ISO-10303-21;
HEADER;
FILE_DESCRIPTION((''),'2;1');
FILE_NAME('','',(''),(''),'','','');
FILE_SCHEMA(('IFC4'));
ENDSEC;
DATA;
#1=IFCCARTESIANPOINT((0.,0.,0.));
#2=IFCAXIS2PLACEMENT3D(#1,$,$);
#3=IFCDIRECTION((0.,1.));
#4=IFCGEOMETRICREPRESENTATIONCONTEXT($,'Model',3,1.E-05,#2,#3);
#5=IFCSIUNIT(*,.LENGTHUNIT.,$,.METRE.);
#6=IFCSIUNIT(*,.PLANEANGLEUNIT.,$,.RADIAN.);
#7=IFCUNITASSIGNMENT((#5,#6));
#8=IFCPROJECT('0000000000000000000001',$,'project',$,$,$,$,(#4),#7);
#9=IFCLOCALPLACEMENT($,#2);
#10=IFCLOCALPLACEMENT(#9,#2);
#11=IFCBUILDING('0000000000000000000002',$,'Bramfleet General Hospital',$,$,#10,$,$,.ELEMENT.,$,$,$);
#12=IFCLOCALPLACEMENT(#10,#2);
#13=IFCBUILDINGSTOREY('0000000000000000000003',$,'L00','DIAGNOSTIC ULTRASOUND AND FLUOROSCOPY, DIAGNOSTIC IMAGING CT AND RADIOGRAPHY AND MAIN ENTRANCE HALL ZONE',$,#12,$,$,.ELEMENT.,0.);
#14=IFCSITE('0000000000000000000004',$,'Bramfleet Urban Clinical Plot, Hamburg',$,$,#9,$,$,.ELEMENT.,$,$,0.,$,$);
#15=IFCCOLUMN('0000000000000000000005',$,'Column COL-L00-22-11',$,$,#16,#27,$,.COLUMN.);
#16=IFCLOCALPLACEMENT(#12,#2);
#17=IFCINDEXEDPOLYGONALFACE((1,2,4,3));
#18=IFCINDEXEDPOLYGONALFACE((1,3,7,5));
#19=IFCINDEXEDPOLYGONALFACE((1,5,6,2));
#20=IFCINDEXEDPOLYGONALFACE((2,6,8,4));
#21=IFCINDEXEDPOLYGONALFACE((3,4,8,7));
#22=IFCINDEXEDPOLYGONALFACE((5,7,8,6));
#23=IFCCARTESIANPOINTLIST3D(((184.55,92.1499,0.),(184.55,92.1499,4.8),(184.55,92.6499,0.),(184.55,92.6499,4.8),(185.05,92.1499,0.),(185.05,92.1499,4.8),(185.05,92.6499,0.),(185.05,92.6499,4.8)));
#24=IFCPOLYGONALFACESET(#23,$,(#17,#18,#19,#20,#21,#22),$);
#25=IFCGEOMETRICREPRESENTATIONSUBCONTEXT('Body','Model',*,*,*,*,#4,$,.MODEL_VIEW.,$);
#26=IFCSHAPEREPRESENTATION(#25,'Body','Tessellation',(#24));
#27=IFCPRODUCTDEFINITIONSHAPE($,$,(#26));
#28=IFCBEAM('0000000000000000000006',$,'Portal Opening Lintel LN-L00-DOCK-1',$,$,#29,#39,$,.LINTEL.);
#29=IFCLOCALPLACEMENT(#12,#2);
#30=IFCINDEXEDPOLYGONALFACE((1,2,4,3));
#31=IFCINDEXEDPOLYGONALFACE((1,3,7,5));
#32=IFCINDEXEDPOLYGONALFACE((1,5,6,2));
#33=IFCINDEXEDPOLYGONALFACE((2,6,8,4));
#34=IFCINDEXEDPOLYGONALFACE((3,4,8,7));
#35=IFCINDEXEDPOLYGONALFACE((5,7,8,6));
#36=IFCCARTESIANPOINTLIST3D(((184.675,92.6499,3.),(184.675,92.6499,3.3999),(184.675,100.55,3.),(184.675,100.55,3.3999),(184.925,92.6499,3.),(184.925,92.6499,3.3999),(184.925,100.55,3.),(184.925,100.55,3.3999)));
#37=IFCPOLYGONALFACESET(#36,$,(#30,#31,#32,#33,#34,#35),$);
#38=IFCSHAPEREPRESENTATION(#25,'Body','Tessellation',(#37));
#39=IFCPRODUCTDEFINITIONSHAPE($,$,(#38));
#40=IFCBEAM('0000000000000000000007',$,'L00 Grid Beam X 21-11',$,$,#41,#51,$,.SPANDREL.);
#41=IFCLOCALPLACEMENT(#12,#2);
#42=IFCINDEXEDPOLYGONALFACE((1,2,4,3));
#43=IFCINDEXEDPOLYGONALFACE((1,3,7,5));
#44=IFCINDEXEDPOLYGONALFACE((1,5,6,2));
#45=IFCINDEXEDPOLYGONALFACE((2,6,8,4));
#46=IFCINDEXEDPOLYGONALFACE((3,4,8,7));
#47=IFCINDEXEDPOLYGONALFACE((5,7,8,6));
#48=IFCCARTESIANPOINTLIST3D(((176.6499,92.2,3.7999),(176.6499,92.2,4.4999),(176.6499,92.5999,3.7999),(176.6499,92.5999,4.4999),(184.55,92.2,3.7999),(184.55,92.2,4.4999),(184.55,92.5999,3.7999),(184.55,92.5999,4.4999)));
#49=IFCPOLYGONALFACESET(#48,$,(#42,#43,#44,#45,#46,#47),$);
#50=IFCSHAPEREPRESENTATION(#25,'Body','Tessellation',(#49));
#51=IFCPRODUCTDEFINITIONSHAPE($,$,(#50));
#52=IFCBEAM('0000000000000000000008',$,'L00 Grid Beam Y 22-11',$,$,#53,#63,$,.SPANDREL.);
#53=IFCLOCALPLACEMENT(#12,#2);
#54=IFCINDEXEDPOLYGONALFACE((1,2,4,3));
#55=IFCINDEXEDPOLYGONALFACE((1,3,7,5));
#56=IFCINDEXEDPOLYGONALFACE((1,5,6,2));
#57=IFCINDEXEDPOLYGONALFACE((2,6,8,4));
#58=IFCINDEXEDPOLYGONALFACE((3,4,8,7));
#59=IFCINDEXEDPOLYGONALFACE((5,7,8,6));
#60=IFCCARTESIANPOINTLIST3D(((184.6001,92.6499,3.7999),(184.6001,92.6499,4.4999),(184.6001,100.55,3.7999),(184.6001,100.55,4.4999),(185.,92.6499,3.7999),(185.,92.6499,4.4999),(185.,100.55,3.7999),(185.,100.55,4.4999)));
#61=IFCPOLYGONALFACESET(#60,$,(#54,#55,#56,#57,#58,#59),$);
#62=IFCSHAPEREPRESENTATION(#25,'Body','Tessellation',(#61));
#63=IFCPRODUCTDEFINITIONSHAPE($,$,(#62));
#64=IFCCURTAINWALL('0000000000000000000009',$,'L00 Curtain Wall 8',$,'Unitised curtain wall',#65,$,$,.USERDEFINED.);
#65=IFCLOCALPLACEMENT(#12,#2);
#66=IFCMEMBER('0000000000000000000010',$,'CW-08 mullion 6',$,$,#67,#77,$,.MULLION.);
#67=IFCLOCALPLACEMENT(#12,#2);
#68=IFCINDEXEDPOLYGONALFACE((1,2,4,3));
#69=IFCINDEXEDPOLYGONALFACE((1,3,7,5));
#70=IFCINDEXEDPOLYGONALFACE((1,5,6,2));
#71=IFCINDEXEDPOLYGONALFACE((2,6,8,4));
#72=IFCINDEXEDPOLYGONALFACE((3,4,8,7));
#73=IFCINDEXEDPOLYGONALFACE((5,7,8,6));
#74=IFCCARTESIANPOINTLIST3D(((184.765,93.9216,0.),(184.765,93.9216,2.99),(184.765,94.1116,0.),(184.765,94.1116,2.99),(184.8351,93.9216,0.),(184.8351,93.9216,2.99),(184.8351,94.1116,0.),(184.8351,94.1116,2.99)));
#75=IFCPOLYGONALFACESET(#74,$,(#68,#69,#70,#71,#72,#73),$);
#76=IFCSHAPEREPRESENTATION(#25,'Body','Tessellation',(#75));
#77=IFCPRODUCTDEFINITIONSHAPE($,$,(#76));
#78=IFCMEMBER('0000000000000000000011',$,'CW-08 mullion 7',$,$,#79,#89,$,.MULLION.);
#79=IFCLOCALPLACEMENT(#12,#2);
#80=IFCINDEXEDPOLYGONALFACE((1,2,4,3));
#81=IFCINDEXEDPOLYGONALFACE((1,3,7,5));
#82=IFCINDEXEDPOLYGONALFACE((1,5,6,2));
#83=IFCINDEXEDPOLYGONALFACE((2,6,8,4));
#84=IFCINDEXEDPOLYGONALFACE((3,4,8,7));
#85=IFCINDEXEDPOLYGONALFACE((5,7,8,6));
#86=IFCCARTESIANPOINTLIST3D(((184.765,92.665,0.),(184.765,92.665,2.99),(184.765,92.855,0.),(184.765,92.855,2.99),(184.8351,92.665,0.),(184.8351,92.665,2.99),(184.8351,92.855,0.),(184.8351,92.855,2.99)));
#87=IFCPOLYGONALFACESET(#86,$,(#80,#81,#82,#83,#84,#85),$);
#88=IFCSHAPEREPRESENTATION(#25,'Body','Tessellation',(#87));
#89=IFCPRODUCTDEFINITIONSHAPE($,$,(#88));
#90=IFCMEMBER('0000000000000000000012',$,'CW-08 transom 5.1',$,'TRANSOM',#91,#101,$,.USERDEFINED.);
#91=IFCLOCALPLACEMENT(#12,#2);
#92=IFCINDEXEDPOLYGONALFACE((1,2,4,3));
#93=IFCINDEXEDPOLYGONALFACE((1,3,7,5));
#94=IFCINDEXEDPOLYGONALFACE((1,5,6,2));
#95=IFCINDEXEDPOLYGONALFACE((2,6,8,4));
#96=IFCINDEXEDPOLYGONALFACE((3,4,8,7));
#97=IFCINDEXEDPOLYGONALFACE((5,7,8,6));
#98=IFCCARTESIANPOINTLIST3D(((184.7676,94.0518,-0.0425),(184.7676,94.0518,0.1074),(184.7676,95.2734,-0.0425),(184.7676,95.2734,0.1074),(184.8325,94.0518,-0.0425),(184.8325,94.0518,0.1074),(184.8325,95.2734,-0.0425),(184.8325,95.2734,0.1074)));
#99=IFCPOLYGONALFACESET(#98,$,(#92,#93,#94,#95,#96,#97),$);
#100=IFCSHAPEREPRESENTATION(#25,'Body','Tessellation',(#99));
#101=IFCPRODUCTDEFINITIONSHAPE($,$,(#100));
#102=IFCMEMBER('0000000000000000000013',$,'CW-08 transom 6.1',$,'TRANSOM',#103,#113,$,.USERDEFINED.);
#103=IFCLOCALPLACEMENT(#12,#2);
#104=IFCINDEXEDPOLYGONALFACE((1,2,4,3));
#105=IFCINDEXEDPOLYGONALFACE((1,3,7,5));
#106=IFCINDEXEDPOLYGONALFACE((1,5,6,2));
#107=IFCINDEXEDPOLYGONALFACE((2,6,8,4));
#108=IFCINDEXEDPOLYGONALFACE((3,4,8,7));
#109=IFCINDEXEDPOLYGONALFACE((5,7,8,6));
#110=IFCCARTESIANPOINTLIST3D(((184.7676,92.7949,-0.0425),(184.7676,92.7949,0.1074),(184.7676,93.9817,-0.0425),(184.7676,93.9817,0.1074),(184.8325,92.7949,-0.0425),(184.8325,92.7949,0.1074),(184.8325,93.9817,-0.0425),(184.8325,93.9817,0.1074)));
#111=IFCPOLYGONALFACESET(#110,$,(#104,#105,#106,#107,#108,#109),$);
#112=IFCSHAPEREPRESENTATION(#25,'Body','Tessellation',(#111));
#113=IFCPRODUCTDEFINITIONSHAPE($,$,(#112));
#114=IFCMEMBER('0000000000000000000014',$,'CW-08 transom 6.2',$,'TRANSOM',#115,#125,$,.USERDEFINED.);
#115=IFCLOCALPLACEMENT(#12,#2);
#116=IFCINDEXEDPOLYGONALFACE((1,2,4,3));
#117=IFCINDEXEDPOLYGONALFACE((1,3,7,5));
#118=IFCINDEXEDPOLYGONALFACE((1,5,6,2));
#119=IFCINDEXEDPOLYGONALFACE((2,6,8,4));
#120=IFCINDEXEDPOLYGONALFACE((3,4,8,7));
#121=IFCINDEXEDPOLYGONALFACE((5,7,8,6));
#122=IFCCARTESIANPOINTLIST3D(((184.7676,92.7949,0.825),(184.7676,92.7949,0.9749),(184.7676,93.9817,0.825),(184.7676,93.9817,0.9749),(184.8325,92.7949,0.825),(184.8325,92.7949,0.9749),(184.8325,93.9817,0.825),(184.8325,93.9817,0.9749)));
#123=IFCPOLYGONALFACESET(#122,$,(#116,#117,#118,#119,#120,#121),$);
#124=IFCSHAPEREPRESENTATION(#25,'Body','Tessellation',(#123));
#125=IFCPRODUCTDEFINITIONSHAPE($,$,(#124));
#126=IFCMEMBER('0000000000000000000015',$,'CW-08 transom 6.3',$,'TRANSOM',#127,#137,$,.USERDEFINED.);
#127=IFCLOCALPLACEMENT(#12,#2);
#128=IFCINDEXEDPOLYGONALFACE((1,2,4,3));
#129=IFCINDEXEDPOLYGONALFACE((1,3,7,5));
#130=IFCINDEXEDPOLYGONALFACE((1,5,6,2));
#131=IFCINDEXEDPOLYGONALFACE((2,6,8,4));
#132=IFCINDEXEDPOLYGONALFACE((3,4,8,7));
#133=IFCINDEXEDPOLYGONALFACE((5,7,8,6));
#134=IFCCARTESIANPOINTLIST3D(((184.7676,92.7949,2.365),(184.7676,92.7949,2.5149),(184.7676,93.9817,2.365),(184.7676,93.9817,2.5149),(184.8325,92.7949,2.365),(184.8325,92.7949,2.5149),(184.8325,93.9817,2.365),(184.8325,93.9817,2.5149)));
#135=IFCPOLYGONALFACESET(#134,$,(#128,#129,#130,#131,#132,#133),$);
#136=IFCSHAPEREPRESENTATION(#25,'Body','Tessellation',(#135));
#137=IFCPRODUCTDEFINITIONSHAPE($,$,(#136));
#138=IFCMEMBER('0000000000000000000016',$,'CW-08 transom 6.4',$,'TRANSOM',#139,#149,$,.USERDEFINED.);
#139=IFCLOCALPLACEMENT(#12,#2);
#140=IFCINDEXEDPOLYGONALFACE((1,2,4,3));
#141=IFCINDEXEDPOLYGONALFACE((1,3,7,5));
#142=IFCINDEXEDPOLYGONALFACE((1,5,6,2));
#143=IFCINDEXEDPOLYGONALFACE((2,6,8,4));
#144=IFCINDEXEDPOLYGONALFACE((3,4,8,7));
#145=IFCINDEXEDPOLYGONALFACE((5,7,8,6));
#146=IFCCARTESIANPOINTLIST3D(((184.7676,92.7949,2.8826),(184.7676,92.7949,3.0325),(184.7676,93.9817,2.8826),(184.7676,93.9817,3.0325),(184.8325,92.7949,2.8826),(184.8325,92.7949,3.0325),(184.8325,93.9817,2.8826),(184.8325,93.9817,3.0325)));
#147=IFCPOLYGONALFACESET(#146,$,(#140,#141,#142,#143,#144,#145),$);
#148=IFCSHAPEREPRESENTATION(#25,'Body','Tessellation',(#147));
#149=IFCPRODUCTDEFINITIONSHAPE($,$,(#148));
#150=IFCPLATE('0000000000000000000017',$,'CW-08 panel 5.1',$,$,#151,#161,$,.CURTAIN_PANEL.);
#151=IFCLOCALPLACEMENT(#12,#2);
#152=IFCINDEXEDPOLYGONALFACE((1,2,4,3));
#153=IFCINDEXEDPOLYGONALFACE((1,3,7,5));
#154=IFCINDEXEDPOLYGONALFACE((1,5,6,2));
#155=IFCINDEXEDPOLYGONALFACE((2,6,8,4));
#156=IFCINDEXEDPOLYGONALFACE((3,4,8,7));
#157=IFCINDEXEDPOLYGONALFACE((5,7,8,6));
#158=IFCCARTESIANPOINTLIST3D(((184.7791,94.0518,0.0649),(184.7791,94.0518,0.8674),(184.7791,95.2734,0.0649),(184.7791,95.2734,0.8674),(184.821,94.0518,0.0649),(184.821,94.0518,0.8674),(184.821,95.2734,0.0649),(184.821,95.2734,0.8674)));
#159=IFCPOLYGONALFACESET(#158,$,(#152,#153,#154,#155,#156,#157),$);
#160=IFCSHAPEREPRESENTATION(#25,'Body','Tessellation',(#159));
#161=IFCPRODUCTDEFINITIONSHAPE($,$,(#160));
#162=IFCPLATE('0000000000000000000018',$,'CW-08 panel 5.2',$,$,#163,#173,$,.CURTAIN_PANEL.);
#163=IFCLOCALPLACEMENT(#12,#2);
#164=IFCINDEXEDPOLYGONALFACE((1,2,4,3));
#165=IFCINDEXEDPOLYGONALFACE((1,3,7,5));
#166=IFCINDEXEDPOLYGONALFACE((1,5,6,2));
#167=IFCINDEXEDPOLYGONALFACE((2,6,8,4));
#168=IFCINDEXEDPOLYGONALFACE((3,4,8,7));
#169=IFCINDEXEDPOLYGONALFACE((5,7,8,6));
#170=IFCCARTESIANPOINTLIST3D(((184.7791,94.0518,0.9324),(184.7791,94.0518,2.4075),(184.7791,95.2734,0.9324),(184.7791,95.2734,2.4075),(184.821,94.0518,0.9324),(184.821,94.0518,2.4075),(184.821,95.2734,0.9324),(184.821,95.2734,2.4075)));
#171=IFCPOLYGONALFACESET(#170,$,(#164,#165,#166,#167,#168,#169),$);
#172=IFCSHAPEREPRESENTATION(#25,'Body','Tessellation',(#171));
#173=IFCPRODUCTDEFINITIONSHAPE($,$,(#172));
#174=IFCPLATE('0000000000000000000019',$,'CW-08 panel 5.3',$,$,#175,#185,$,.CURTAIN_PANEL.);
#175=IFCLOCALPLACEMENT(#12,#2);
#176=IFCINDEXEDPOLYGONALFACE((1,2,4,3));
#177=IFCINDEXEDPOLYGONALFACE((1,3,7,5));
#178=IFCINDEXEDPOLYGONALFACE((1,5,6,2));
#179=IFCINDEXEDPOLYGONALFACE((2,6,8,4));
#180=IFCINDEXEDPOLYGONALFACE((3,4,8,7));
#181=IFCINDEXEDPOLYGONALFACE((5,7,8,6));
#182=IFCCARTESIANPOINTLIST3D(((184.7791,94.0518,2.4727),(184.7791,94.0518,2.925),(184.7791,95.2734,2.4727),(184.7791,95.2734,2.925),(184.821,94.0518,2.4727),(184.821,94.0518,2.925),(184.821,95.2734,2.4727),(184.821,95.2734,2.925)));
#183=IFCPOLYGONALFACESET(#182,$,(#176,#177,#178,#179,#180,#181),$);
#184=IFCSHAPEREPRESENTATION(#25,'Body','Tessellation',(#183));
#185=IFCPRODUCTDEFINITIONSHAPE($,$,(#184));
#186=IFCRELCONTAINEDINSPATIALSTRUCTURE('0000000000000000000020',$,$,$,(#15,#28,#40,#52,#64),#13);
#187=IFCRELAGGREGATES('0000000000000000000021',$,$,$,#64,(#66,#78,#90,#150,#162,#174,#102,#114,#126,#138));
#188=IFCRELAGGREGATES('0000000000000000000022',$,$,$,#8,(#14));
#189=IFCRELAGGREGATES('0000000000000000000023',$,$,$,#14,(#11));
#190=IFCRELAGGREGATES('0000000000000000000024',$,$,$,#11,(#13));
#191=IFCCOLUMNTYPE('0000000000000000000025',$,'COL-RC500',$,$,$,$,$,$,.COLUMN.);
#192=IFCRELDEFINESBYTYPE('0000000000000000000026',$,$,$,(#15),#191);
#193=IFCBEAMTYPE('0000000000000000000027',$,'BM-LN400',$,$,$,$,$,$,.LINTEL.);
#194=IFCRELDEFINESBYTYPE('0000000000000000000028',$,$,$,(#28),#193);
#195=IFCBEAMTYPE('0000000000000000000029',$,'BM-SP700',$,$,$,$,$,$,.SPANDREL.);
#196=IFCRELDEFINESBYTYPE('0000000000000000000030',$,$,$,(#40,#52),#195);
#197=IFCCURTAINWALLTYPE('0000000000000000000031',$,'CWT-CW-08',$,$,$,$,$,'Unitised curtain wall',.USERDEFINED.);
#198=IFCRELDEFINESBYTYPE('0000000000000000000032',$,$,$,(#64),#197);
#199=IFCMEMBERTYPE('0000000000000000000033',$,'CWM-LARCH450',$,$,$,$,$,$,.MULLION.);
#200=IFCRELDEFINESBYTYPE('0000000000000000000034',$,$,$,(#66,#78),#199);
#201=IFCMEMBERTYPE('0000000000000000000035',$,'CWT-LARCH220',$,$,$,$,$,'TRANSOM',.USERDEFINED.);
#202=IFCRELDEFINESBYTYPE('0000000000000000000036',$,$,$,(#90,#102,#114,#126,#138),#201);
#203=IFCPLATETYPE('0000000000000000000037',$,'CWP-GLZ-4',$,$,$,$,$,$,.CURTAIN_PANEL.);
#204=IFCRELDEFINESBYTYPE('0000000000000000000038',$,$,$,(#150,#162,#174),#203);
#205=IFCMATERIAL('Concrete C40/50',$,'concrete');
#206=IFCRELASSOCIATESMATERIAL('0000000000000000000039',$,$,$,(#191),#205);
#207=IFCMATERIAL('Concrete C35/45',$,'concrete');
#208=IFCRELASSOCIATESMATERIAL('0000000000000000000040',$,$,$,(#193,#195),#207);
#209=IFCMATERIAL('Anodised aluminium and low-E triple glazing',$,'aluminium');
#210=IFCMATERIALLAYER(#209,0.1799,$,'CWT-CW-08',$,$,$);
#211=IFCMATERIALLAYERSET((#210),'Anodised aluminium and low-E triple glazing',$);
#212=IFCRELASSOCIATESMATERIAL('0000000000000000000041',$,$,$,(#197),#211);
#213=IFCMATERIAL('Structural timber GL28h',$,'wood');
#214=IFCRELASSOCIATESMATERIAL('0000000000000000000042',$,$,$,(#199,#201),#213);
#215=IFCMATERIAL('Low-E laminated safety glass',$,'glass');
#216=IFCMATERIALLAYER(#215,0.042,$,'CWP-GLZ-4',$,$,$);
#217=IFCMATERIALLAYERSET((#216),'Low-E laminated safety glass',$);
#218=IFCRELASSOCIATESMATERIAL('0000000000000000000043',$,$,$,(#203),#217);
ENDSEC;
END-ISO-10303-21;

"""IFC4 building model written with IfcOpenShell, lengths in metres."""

from ifc_helpers import new_model, si_unit, direction, frame, origin, origin_2d, place, context, subcontext, project, spatial, rectangle, extrude, material, layer, layer_set, material_profile, profile_set, type_object, element, aggregate, save


model = new_model("IFC4")

# Units and contexts
model_context = context("Model", 3, precision=1e-05, world=origin(), true_north=direction((0.0, 1.0)))
body_context = subcontext(model_context, "Body", "Model", "MODEL_VIEW")
ifc_project = project(units=[si_unit("LENGTHUNIT", "METRE"), si_unit("PLANEANGLEUNIT", "RADIAN")], contexts=[model_context])

# Site, building, storey
site_placement = place(None, origin())
site = spatial("IfcSite", under=ifc_project, at=site_placement, Name="Bramfleet Urban Clinical Plot, Hamburg", CompositionType="ELEMENT", RefElevation=0.0)
building_placement = place(site_placement, origin())
building = spatial("IfcBuilding", under=site, at=building_placement, Name="Bramfleet General Hospital", CompositionType="ELEMENT")
storey_placement = place(building_placement, origin())
storey = spatial("IfcBuildingStorey", under=building, at=storey_placement, Name="L00", Description="DIAGNOSTIC ULTRASOUND AND FLUOROSCOPY, DIAGNOSTIC IMAGING CT AND RADIOGRAPHY AND MAIN ENTRANCE HALL ZONE", CompositionType="ELEMENT", Elevation=0.0)

# Column
ifc_material_1 = material(Name="Concrete C40/50", Category="concrete")
ifc_material_profile_1 = material_profile(ifc_material_1, rectangle(XDim=0.5, YDim=0.5, at=origin_2d()), Name="RC COL 500x500")
ifc_profile_set_1 = profile_set([ifc_material_profile_1], Name="Concrete C40/50")
column_type = type_object("IfcColumnType", Name="COL-RC500", PredefinedType="COLUMN", material=ifc_profile_set_1)
column_placement = place(storey_placement, frame((184.8, 92.3999, 0.0), z_axis=(0.0, 0.0, 1.0), x_axis=(1.0, 0.0, 0.0)))
element("IfcColumn", 1, at=column_placement, inside=storey, type_object=column_type, Name="Column COL-L00-22-11", PredefinedType="COLUMN", context=body_context, shape_type="SweptSolid", body=[
    extrude(rectangle(XDim=0.5, YDim=0.5, at=origin_2d()), origin(), (0.0, 0.0, 1.0), 4.8),
])

# Beams
ifc_material_2 = material(Name="Concrete C35/45", Category="concrete")
ifc_material_profile_2 = material_profile(ifc_material_2, rectangle(XDim=0.25, YDim=0.3999, at=origin_2d()), Name="RC LN 400x250")
ifc_profile_set_2 = profile_set([ifc_material_profile_2], Name="Concrete C35/45")
beam_type_1 = type_object("IfcBeamType", Name="BM-LN400", PredefinedType="LINTEL", material=ifc_profile_set_2)
beam_placement = place(storey_placement, frame((184.8, 92.6499, 3.2), z_axis=(0.0, 1.0, 0.0), x_axis=(-1.0, 0.0, 0.0)))
element("IfcBeam", 2, at=beam_placement, inside=storey, type_object=beam_type_1, Name="Portal Opening Lintel LN-L00-DOCK-1", PredefinedType="LINTEL", context=body_context, shape_type="SweptSolid", body=[
    extrude(rectangle(XDim=0.25, YDim=0.3999, at=origin_2d()), origin(), (0.0, 0.0, 1.0), 7.9001),
])
ifc_material_profile_3 = material_profile(ifc_material_2, rectangle(XDim=0.3999, YDim=0.7, at=origin_2d()), Name="RC SP 700x400")
ifc_profile_set_3 = profile_set([ifc_material_profile_3], Name="Concrete C35/45")
beam_type_2 = type_object("IfcBeamType", Name="BM-SP700", PredefinedType="SPANDREL", material=ifc_profile_set_3)
for number, where, z_axis, x_axis, name in (
    (3, (176.6499, 92.3999, 4.1499), (1.0, 0.0, 0.0), (0.0, 1.0, 0.0), "L00 Grid Beam X 21-11"),
    (4, (184.8, 92.6499, 4.1499), (0.0, 1.0, 0.0), (-1.0, 0.0, 0.0), "L00 Grid Beam Y 22-11"),
):
    element("IfcBeam", number, at=place(storey_placement, frame(where, z_axis=z_axis, x_axis=x_axis)), inside=storey, type_object=beam_type_2, Name=name, PredefinedType="SPANDREL", context=body_context, shape_type="SweptSolid", body=[
        extrude(rectangle(XDim=0.3999, YDim=0.7, at=origin_2d()), origin(), (0.0, 0.0, 1.0), 7.9001),
    ])

# Curtain wall, members, plates
ifc_material_3 = material(Name="Anodised aluminium and low-E triple glazing", Category="aluminium")
ifc_layer_1 = layer(ifc_material_3, 0.1799, Name="CWT-CW-08")
ifc_layer_set_1 = layer_set([ifc_layer_1], Name="Anodised aluminium and low-E triple glazing")
curtain_wall_type = type_object("IfcCurtainWallType", Name="CWT-CW-08", ElementType="Unitised curtain wall", PredefinedType="USERDEFINED", material=ifc_layer_set_1)
curtain_wall_placement = place(storey_placement, origin())
curtain_wall = element("IfcCurtainWall", 5, at=curtain_wall_placement, inside=storey, type_object=curtain_wall_type, Name="L00 Curtain Wall 8", ObjectType="Unitised curtain wall", PredefinedType="USERDEFINED")
ifc_material_4 = material(Name="Structural timber GL28h", Category="wood")
ifc_material_profile_4 = material_profile(ifc_material_4, rectangle(XDim=0.0701, YDim=0.1899, at=origin_2d()), Name="LARCH 190x70")
ifc_profile_set_4 = profile_set([ifc_material_profile_4], Name="Structural timber GL28h")
member_type_1 = type_object("IfcMemberType", Name="CWM-LARCH450", PredefinedType="MULLION", material=ifc_profile_set_4)
member_1_placement = place(storey_placement, frame((184.8, 94.0166, 0.0), z_axis=(0.0, 0.0, 1.0), x_axis=(1.0, 0.0, 0.0)))
member_1 = element("IfcMember", 6, at=member_1_placement, type_object=member_type_1, Name="CW-08 mullion 6", PredefinedType="MULLION", context=body_context, shape_type="SweptSolid", body=[
    extrude(rectangle(XDim=0.0701, YDim=0.1899, at=origin_2d()), origin(), (0.0, 0.0, 1.0), 2.99),
])
member_2_placement = place(storey_placement, frame((184.8, 92.76, 0.0), z_axis=(0.0, 0.0, 1.0), x_axis=(1.0, 0.0, 0.0)))
member_2 = element("IfcMember", 7, at=member_2_placement, type_object=member_type_1, Name="CW-08 mullion 7", PredefinedType="MULLION", context=body_context, shape_type="SweptSolid", body=[
    extrude(rectangle(XDim=0.0701, YDim=0.1899, at=origin_2d()), origin(), (0.0, 0.0, 1.0), 2.99),
])
ifc_material_profile_5 = material_profile(ifc_material_4, rectangle(XDim=0.0649, YDim=0.1499, at=origin_2d()), Name="LARCH 150x65")
ifc_profile_set_5 = profile_set([ifc_material_profile_5], Name="Structural timber GL28h")
member_type_2 = type_object("IfcMemberType", Name="CWT-LARCH220", ElementType="TRANSOM", PredefinedType="USERDEFINED", material=ifc_profile_set_5)
member_3_placement = place(storey_placement, frame((184.8, 95.2734, 0.0325), z_axis=(0.0, -1.0, 0.0), x_axis=(1.0, 0.0, 0.0)))
member_3 = element("IfcMember", 8, at=member_3_placement, type_object=member_type_2, Name="CW-08 transom 5.1", ObjectType="TRANSOM", PredefinedType="USERDEFINED", context=body_context, shape_type="SweptSolid", body=[
    extrude(rectangle(XDim=0.0649, YDim=0.1499, at=origin_2d()), origin(), (0.0, 0.0, 1.0), 1.2217),
])
member_4_placement = place(storey_placement, frame((184.8, 93.9817, 0.0325), z_axis=(0.0, -1.0, 0.0), x_axis=(1.0, 0.0, 0.0)))
member_4 = element("IfcMember", 9, at=member_4_placement, type_object=member_type_2, Name="CW-08 transom 6.1", ObjectType="TRANSOM", PredefinedType="USERDEFINED", context=body_context, shape_type="SweptSolid", body=[
    extrude(rectangle(XDim=0.0649, YDim=0.1499, at=origin_2d()), origin(), (0.0, 0.0, 1.0), 1.1868),
])
member_5_placement = place(storey_placement, frame((184.8, 93.9817, 0.8999), z_axis=(0.0, -1.0, 0.0), x_axis=(1.0, 0.0, 0.0)))
member_5 = element("IfcMember", 10, at=member_5_placement, type_object=member_type_2, Name="CW-08 transom 6.2", ObjectType="TRANSOM", PredefinedType="USERDEFINED", context=body_context, shape_type="SweptSolid", body=[
    extrude(rectangle(XDim=0.0649, YDim=0.1499, at=origin_2d()), origin(), (0.0, 0.0, 1.0), 1.1868),
])
member_6_placement = place(storey_placement, frame((184.8, 93.9817, 2.4399), z_axis=(0.0, -1.0, 0.0), x_axis=(1.0, 0.0, 0.0)))
member_6 = element("IfcMember", 11, at=member_6_placement, type_object=member_type_2, Name="CW-08 transom 6.3", ObjectType="TRANSOM", PredefinedType="USERDEFINED", context=body_context, shape_type="SweptSolid", body=[
    extrude(rectangle(XDim=0.0649, YDim=0.1499, at=origin_2d()), origin(), (0.0, 0.0, 1.0), 1.1868),
])
member_7_placement = place(storey_placement, frame((184.8, 93.9817, 2.9575), z_axis=(0.0, -1.0, 0.0), x_axis=(1.0, 0.0, 0.0)))
member_7 = element("IfcMember", 12, at=member_7_placement, type_object=member_type_2, Name="CW-08 transom 6.4", ObjectType="TRANSOM", PredefinedType="USERDEFINED", context=body_context, shape_type="SweptSolid", body=[
    extrude(rectangle(XDim=0.0649, YDim=0.1499, at=origin_2d()), origin(), (0.0, 0.0, 1.0), 1.1868),
])
ifc_material_5 = material(Name="Low-E laminated safety glass", Category="glass")
ifc_layer_2 = layer(ifc_material_5, 0.042, Name="CWP-GLZ-4")
ifc_layer_set_2 = layer_set([ifc_layer_2], Name="Low-E laminated safety glass")
plate_type = type_object("IfcPlateType", Name="CWP-GLZ-4", PredefinedType="CURTAIN_PANEL", material=ifc_layer_set_2)
plate_1_placement = place(storey_placement, frame((184.8, 94.6626, 0.0649), z_axis=(0.0, 0.0, 1.0), x_axis=(0.0, -1.0, 0.0)))
plate_1 = element("IfcPlate", 13, at=plate_1_placement, type_object=plate_type, Name="CW-08 panel 5.1", PredefinedType="CURTAIN_PANEL", context=body_context, shape_type="SweptSolid", body=[
    extrude(rectangle(XDim=1.2217, YDim=0.042, at=origin_2d()), origin(), (0.0, 0.0, 1.0), 0.8025),
])
plate_2_placement = place(storey_placement, frame((184.8, 94.6626, 0.9324), z_axis=(0.0, 0.0, 1.0), x_axis=(0.0, -1.0, 0.0)))
plate_2 = element("IfcPlate", 14, at=plate_2_placement, type_object=plate_type, Name="CW-08 panel 5.2", PredefinedType="CURTAIN_PANEL", context=body_context, shape_type="SweptSolid", body=[
    extrude(rectangle(XDim=1.2217, YDim=0.042, at=origin_2d()), origin(), (0.0, 0.0, 1.0), 1.4751),
])
plate_3_placement = place(storey_placement, frame((184.8, 94.6626, 2.4727), z_axis=(0.0, 0.0, 1.0), x_axis=(0.0, -1.0, 0.0)))
plate_3 = element("IfcPlate", 15, at=plate_3_placement, type_object=plate_type, Name="CW-08 panel 5.3", PredefinedType="CURTAIN_PANEL", context=body_context, shape_type="SweptSolid", body=[
    extrude(rectangle(XDim=1.2217, YDim=0.042, at=origin_2d()), origin(), (0.0, 0.0, 1.0), 0.4524),
])
aggregate(curtain_wall, [member_1, member_2, member_3, plate_1, plate_2, plate_3, member_4, member_5, member_6, member_7])

save(model, "model.ifc")
